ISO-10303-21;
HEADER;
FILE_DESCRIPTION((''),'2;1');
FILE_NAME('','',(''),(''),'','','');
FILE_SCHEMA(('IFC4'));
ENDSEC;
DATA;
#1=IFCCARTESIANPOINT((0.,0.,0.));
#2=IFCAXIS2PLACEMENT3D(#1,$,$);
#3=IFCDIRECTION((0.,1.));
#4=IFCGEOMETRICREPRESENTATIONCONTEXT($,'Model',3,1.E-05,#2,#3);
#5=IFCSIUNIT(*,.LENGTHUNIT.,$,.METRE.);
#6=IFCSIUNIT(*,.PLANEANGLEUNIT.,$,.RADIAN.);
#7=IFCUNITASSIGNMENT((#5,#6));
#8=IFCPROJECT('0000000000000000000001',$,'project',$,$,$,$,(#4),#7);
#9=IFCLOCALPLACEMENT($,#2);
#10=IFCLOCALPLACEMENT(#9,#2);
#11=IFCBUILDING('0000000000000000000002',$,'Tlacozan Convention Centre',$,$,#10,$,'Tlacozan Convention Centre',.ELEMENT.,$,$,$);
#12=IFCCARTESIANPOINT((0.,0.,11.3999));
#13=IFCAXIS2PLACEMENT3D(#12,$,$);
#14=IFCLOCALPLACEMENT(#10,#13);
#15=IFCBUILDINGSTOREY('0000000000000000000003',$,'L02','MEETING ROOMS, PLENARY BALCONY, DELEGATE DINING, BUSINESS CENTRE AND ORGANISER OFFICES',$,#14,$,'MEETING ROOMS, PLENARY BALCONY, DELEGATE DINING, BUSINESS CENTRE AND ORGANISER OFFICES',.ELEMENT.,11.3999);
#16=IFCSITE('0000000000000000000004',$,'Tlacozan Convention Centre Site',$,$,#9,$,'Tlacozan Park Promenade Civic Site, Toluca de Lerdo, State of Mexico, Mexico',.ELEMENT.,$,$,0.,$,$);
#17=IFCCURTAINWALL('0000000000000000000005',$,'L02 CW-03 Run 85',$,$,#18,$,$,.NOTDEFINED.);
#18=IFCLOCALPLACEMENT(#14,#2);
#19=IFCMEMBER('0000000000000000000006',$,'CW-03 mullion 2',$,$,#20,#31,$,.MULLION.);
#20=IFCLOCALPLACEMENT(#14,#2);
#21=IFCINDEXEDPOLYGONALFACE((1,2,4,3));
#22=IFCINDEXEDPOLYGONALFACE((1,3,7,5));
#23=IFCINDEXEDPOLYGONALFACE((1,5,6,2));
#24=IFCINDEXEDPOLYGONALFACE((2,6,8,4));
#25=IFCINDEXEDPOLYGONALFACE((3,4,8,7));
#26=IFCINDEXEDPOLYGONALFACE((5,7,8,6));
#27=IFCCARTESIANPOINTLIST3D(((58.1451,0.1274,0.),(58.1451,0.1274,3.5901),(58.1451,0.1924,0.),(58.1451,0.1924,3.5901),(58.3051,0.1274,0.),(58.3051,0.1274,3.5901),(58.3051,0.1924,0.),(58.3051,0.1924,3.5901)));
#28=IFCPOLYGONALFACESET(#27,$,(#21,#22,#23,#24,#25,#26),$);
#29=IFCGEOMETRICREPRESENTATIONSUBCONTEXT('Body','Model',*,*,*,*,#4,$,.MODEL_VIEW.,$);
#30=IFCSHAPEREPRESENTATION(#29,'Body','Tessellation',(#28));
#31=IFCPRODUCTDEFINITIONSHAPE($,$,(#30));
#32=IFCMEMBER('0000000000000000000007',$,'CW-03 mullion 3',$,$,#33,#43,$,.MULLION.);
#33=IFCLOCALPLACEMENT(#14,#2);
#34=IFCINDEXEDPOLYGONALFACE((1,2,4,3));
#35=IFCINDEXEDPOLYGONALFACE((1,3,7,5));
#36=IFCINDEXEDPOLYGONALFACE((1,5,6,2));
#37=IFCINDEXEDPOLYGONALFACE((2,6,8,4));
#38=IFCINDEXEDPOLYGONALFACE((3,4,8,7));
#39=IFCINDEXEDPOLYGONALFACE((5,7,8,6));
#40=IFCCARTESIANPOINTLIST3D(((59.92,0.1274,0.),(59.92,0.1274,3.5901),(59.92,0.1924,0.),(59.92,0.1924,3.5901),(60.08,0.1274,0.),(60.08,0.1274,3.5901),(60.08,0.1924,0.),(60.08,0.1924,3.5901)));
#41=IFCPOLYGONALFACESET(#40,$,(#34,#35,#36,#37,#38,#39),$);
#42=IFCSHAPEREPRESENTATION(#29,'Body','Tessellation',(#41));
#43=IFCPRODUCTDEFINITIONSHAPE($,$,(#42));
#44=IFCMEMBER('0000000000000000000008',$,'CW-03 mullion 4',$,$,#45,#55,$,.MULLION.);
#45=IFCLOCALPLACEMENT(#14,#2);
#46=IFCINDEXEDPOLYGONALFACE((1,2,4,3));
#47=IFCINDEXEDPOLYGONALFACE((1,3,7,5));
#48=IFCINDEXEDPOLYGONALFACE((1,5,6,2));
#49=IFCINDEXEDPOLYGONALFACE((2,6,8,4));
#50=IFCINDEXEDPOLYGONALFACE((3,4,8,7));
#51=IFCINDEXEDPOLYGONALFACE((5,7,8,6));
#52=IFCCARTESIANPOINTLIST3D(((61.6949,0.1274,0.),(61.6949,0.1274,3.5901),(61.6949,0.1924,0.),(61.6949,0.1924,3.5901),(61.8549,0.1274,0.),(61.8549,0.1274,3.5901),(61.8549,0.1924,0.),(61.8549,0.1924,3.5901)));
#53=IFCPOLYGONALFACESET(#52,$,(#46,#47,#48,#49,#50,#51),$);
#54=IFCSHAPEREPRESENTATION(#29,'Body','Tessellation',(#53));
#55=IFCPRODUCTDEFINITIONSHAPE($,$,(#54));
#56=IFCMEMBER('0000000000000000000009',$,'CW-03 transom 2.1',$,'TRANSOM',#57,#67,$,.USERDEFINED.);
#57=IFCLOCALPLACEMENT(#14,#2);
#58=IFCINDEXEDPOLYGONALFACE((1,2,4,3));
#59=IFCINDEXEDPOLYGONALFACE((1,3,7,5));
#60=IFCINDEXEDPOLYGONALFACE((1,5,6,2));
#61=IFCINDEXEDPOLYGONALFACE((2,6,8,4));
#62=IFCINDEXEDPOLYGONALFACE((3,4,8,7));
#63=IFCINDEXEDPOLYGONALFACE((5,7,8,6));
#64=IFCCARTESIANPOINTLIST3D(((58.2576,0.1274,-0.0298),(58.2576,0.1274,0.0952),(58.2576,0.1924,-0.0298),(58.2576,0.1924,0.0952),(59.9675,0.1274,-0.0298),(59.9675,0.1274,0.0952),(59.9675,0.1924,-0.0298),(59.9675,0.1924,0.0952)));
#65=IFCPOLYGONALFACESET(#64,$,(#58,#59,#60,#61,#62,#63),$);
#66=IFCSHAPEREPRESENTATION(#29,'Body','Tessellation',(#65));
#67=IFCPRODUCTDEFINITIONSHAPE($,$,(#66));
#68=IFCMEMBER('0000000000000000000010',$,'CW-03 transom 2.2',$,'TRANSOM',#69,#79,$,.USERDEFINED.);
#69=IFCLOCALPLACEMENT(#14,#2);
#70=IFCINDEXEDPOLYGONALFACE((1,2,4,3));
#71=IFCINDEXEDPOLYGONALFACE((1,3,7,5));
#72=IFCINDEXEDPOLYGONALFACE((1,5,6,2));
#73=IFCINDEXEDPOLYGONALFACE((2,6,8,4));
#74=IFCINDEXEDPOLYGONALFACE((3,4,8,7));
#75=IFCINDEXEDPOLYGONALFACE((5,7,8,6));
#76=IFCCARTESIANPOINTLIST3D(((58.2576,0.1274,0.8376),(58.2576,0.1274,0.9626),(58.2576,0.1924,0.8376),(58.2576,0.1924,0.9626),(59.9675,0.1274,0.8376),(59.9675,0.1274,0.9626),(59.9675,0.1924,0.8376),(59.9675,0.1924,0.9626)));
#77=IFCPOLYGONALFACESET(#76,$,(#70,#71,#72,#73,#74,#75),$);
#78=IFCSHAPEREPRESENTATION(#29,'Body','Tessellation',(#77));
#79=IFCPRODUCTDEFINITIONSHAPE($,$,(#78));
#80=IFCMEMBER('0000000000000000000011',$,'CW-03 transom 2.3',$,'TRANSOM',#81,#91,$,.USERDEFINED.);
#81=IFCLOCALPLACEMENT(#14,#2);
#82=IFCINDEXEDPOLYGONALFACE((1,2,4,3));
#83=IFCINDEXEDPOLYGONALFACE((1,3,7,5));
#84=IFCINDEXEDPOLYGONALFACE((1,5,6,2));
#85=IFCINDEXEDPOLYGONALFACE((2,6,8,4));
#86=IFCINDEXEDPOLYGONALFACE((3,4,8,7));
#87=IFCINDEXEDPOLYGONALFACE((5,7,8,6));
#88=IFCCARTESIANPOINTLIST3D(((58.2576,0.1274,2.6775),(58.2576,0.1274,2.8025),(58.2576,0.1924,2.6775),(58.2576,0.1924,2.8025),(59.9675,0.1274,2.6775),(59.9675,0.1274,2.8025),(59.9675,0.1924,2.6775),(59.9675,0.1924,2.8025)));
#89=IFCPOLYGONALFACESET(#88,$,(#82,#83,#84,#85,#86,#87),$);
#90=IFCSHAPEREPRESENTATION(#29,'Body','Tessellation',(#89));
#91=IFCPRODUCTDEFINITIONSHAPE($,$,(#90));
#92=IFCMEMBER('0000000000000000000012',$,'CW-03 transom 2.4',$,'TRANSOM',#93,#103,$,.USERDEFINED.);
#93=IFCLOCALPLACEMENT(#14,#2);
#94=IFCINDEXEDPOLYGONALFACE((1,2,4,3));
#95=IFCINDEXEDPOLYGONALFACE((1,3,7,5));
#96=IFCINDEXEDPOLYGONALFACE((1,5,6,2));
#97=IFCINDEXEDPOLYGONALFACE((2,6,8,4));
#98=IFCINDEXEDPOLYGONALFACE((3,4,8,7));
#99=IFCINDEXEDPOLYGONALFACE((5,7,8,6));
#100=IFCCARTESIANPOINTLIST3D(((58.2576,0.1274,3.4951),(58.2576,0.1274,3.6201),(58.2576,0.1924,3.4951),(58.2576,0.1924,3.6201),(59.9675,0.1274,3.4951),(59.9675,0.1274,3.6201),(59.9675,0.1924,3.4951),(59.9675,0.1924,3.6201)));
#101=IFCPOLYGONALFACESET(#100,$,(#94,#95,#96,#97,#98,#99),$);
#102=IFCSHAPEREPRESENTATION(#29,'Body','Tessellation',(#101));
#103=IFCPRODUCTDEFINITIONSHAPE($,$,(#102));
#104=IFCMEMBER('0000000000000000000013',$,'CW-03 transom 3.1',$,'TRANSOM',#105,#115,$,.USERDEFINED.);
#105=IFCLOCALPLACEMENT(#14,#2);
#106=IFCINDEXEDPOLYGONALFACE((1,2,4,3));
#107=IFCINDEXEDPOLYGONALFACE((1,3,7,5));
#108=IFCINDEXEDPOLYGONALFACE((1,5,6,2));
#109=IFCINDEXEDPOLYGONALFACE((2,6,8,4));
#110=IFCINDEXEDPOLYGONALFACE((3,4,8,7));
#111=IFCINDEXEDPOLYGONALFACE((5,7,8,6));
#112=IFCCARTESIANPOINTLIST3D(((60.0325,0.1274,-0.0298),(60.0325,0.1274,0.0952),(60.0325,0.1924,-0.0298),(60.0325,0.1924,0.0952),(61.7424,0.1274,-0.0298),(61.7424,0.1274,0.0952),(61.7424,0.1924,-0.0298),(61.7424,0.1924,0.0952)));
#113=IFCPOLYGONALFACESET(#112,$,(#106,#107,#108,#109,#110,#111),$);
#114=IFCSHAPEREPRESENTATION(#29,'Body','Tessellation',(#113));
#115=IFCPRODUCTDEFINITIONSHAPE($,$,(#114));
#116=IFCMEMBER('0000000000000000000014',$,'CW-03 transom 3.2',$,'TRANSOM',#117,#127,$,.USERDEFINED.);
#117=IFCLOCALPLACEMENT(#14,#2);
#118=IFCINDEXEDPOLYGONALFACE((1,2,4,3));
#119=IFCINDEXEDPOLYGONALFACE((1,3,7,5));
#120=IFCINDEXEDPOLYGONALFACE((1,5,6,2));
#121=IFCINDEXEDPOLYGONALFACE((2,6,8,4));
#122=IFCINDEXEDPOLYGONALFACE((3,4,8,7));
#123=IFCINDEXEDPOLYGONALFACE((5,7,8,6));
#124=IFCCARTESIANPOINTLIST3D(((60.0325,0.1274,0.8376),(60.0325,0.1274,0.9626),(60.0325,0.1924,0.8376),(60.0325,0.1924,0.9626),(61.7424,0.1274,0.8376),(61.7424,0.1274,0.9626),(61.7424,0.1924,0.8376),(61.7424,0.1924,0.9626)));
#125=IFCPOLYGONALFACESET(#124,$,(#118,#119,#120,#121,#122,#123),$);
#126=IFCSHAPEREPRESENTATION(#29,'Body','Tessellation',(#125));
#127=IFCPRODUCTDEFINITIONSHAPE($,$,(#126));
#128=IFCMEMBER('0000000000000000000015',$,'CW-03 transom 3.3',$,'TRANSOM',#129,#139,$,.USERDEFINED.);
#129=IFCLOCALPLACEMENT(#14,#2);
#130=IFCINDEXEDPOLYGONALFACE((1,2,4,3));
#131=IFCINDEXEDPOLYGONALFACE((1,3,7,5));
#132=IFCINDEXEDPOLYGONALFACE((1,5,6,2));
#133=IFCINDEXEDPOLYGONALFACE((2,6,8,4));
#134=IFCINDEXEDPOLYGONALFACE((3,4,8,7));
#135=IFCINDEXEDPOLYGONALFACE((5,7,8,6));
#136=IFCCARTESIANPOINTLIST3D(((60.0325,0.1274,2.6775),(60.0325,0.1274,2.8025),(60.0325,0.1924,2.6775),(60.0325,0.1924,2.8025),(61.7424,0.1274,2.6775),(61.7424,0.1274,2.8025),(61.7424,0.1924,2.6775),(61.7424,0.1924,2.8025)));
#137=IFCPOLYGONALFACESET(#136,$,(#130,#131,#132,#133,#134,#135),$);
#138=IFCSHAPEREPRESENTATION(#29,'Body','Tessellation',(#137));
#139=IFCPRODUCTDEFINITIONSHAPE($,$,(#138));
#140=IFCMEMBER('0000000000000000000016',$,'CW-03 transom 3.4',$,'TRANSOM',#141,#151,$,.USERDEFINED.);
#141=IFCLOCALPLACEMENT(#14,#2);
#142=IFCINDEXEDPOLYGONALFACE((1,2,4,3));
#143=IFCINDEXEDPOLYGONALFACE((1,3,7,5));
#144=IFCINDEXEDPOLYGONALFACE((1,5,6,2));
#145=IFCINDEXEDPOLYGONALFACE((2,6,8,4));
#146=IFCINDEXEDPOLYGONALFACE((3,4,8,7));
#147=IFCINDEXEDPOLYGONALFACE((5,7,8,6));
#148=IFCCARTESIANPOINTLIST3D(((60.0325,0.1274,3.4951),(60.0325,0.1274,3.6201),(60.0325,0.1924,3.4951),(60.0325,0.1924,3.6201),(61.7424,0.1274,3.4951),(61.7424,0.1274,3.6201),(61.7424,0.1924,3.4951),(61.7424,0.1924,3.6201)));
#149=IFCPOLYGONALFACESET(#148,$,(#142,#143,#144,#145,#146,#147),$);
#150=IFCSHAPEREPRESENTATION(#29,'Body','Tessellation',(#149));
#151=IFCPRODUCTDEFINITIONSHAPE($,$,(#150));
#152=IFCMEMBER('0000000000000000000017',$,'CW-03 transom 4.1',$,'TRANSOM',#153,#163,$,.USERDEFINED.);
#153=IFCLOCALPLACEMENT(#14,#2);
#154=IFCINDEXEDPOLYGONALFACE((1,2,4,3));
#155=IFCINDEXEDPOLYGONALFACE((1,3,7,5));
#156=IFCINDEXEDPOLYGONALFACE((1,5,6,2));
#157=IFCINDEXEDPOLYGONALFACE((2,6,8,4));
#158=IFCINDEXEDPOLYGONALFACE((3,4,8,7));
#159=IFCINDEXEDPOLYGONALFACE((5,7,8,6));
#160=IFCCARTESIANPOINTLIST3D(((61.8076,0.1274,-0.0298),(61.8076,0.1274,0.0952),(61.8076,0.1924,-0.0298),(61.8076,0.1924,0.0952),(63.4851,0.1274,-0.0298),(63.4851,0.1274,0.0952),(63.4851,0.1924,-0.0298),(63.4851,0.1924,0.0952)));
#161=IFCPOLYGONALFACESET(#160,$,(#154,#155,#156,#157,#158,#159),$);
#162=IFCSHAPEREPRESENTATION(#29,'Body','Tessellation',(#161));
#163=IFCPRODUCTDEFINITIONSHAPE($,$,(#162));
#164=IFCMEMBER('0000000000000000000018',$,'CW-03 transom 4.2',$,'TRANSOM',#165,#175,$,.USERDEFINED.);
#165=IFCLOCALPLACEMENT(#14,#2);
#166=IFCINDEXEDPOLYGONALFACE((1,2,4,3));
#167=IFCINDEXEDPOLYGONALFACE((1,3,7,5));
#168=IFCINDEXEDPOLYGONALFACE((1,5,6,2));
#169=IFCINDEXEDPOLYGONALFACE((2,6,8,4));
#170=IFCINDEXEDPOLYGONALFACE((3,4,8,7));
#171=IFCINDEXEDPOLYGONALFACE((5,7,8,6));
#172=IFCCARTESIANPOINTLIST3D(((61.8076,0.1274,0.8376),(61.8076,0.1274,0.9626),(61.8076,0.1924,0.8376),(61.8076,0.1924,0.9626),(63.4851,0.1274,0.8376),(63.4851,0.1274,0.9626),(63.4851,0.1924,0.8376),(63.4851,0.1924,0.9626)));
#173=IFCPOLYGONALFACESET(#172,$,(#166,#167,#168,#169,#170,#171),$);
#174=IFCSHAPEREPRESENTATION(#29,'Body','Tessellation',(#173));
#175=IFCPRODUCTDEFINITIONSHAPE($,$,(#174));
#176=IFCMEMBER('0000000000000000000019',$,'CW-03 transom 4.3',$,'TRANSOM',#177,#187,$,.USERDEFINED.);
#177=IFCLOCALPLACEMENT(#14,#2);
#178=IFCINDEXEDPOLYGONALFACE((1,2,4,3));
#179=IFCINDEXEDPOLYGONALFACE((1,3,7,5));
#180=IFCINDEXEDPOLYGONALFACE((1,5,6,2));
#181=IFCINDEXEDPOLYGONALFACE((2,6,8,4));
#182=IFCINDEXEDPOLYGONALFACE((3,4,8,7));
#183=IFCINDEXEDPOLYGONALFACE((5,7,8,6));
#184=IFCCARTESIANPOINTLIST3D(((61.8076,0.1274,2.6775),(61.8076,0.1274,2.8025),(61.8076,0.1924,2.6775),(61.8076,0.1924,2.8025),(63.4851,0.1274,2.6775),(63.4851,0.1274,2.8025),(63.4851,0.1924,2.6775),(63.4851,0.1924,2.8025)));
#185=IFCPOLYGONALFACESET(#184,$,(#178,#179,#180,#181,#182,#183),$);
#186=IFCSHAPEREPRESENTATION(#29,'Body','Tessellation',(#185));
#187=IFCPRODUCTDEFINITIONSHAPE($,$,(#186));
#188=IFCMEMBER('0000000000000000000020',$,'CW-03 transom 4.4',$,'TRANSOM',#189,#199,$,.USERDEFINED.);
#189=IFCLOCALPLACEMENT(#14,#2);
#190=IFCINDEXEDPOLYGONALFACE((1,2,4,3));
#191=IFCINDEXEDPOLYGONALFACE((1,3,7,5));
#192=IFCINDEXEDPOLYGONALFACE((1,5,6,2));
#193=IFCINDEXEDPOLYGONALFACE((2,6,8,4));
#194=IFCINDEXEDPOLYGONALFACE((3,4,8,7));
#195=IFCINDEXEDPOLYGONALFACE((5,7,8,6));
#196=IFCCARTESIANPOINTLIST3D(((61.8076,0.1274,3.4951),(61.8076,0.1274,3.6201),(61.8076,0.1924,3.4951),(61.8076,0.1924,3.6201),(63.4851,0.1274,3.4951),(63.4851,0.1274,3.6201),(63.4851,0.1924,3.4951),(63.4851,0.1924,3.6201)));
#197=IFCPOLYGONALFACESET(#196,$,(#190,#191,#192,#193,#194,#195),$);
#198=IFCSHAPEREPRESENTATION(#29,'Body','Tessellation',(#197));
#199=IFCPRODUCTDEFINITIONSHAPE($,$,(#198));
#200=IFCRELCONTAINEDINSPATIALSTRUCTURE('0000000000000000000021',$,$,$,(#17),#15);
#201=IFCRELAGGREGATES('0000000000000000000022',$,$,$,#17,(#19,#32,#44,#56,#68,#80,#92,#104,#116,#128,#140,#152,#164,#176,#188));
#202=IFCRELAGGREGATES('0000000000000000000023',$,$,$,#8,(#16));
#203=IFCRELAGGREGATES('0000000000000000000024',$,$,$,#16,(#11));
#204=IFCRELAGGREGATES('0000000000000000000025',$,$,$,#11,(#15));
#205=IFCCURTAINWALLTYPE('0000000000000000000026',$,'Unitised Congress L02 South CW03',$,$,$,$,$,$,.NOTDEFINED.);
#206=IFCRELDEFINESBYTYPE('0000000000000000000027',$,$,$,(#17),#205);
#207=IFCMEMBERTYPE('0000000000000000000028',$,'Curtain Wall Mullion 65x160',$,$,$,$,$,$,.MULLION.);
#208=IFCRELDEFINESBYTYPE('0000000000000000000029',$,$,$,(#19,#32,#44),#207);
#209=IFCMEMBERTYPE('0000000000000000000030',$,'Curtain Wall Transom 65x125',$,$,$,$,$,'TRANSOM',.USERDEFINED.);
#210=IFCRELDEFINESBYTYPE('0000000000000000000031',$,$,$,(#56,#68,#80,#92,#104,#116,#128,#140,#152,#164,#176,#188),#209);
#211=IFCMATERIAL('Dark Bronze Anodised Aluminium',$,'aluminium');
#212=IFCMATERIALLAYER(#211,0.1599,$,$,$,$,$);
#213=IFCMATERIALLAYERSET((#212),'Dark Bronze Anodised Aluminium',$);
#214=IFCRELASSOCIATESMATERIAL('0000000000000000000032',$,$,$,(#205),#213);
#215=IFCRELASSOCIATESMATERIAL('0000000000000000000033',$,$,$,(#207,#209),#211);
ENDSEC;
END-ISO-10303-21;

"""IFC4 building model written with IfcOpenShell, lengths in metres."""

from ifc_helpers import new_model, si_unit, direction, frame, origin, origin_2d, place, context, subcontext, project, spatial, rectangle, extrude, material, layer, layer_set, material_profile, profile_set, type_object, element, aggregate, save


model = new_model("IFC4")

# Units and contexts
model_context = context("Model", 3, precision=1e-05, world=origin(), true_north=direction((0.0, 1.0)))
body_context = subcontext(model_context, "Body", "Model", "MODEL_VIEW")
ifc_project = project(units=[si_unit("LENGTHUNIT", "METRE"), si_unit("PLANEANGLEUNIT", "RADIAN")], contexts=[model_context])

# Site, building, storey
site_placement = place(None, origin())
site = spatial("IfcSite", under=ifc_project, at=site_placement, Name="Tlacozan Convention Centre Site", LongName="Tlacozan Park Promenade Civic Site, Toluca de Lerdo, State of Mexico, Mexico", CompositionType="ELEMENT", RefElevation=0.0)
building_placement = place(site_placement, origin())
building = spatial("IfcBuilding", under=site, at=building_placement, Name="Tlacozan Convention Centre", LongName="Tlacozan Convention Centre", CompositionType="ELEMENT")
storey_placement = place(building_placement, frame((0.0, 0.0, 11.3999)))
storey = spatial("IfcBuildingStorey", under=building, at=storey_placement, Name="L02", Description="MEETING ROOMS, PLENARY BALCONY, DELEGATE DINING, BUSINESS CENTRE AND ORGANISER OFFICES", LongName="MEETING ROOMS, PLENARY BALCONY, DELEGATE DINING, BUSINESS CENTRE AND ORGANISER OFFICES", CompositionType="ELEMENT", Elevation=11.3999)

# Curtain wall, members
ifc_material_1 = material(Name="Dark Bronze Anodised Aluminium", Category="aluminium")
ifc_layer_1 = layer(ifc_material_1, 0.1599)
ifc_layer_set_1 = layer_set([ifc_layer_1], Name="Dark Bronze Anodised Aluminium")
curtain_wall_type = type_object("IfcCurtainWallType", Name="Unitised Congress L02 South CW03", PredefinedType="NOTDEFINED", material=ifc_layer_set_1)
curtain_wall_placement = place(storey_placement, origin())
curtain_wall = element("IfcCurtainWall", 1, at=curtain_wall_placement, inside=storey, type_object=curtain_wall_type, Name="L02 CW-03 Run 85", PredefinedType="NOTDEFINED")
ifc_material_profile_1 = material_profile(ifc_material_1, rectangle(XDim=0.0649, YDim=0.1599, at=origin_2d()), Name="ALU 65x160")
ifc_profile_set_1 = profile_set([ifc_material_profile_1], Name="Dark Bronze Anodised Aluminium")
member_type_1 = type_object("IfcMemberType", Name="Curtain Wall Mullion 65x160", PredefinedType="MULLION", material=ifc_profile_set_1)
member_1_placement = place(storey_placement, frame((58.2251, 0.1599, 0.0), z_axis=(0.0, 0.0, 1.0), x_axis=(0.0, 1.0, 0.0)))
member_1 = element("IfcMember", 2, at=member_1_placement, type_object=member_type_1, Name="CW-03 mullion 2", PredefinedType="MULLION", context=body_context, shape_type="SweptSolid", body=[
    extrude(rectangle(XDim=0.0649, YDim=0.1599, at=origin_2d()), origin(), (0.0, 0.0, 1.0), 3.5901),
])
member_2_placement = place(storey_placement, frame((60.0, 0.1599, 0.0), z_axis=(0.0, 0.0, 1.0), x_axis=(0.0, 1.0, 0.0)))
member_2 = element("IfcMember", 3, at=member_2_placement, type_object=member_type_1, Name="CW-03 mullion 3", PredefinedType="MULLION", context=body_context, shape_type="SweptSolid", body=[
    extrude(rectangle(XDim=0.0649, YDim=0.1599, at=origin_2d()), origin(), (0.0, 0.0, 1.0), 3.5901),
])
member_3_placement = place(storey_placement, frame((61.7749, 0.1599, 0.0), z_axis=(0.0, 0.0, 1.0), x_axis=(0.0, 1.0, 0.0)))
member_3 = element("IfcMember", 4, at=member_3_placement, type_object=member_type_1, Name="CW-03 mullion 4", PredefinedType="MULLION", context=body_context, shape_type="SweptSolid", body=[
    extrude(rectangle(XDim=0.0649, YDim=0.1599, at=origin_2d()), origin(), (0.0, 0.0, 1.0), 3.5901),
])
ifc_material_profile_2 = material_profile(ifc_material_1, rectangle(XDim=0.0649, YDim=0.125, at=origin_2d()), Name="ALU 65x125")
ifc_profile_set_2 = profile_set([ifc_material_profile_2], Name="Dark Bronze Anodised Aluminium")
member_type_2 = type_object("IfcMemberType", Name="Curtain Wall Transom 65x125", ElementType="TRANSOM", PredefinedType="USERDEFINED", material=ifc_profile_set_2)
member_4_placement = place(storey_placement, frame((58.2576, 0.1599, 0.0327), z_axis=(1.0, 0.0, 0.0), x_axis=(0.0, 1.0, 0.0)))
member_4 = element("IfcMember", 5, at=member_4_placement, type_object=member_type_2, Name="CW-03 transom 2.1", ObjectType="TRANSOM", PredefinedType="USERDEFINED", context=body_context, shape_type="SweptSolid", body=[
    extrude(rectangle(XDim=0.0649, YDim=0.125, at=origin_2d()), origin(), (0.0, 0.0, 1.0), 1.71),
])
member_5_placement = place(storey_placement, frame((58.2576, 0.1599, 0.9001), z_axis=(1.0, 0.0, 0.0), x_axis=(0.0, 1.0, 0.0)))
member_5 = element("IfcMember", 6, at=member_5_placement, type_object=member_type_2, Name="CW-03 transom 2.2", ObjectType="TRANSOM", PredefinedType="USERDEFINED", context=body_context, shape_type="SweptSolid", body=[
    extrude(rectangle(XDim=0.0649, YDim=0.125, at=origin_2d()), origin(), (0.0, 0.0, 1.0), 1.71),
])
member_6_placement = place(storey_placement, frame((58.2576, 0.1599, 2.74), z_axis=(1.0, 0.0, 0.0), x_axis=(0.0, 1.0, 0.0)))
member_6 = element("IfcMember", 7, at=member_6_placement, type_object=member_type_2, Name="CW-03 transom 2.3", ObjectType="TRANSOM", PredefinedType="USERDEFINED", context=body_context, shape_type="SweptSolid", body=[
    extrude(rectangle(XDim=0.0649, YDim=0.125, at=origin_2d()), origin(), (0.0, 0.0, 1.0), 1.71),
])
member_7_placement = place(storey_placement, frame((58.2576, 0.1599, 3.5576), z_axis=(1.0, 0.0, 0.0), x_axis=(0.0, 1.0, 0.0)))
member_7 = element("IfcMember", 8, at=member_7_placement, type_object=member_type_2, Name="CW-03 transom 2.4", ObjectType="TRANSOM", PredefinedType="USERDEFINED", context=body_context, shape_type="SweptSolid", body=[
    extrude(rectangle(XDim=0.0649, YDim=0.125, at=origin_2d()), origin(), (0.0, 0.0, 1.0), 1.71),
])
member_8_placement = place(storey_placement, frame((60.0325, 0.1599, 0.0327), z_axis=(1.0, 0.0, 0.0), x_axis=(0.0, 1.0, 0.0)))
member_8 = element("IfcMember", 9, at=member_8_placement, type_object=member_type_2, Name="CW-03 transom 3.1", ObjectType="TRANSOM", PredefinedType="USERDEFINED", context=body_context, shape_type="SweptSolid", body=[
    extrude(rectangle(XDim=0.0649, YDim=0.125, at=origin_2d()), origin(), (0.0, 0.0, 1.0), 1.71),
])
member_9_placement = place(storey_placement, frame((60.0325, 0.1599, 0.9001), z_axis=(1.0, 0.0, 0.0), x_axis=(0.0, 1.0, 0.0)))
member_9 = element("IfcMember", 10, at=member_9_placement, type_object=member_type_2, Name="CW-03 transom 3.2", ObjectType="TRANSOM", PredefinedType="USERDEFINED", context=body_context, shape_type="SweptSolid", body=[
    extrude(rectangle(XDim=0.0649, YDim=0.125, at=origin_2d()), origin(), (0.0, 0.0, 1.0), 1.71),
])
member_10_placement = place(storey_placement, frame((60.0325, 0.1599, 2.74), z_axis=(1.0, 0.0, 0.0), x_axis=(0.0, 1.0, 0.0)))
member_10 = element("IfcMember", 11, at=member_10_placement, type_object=member_type_2, Name="CW-03 transom 3.3", ObjectType="TRANSOM", PredefinedType="USERDEFINED", context=body_context, shape_type="SweptSolid", body=[
    extrude(rectangle(XDim=0.0649, YDim=0.125, at=origin_2d()), origin(), (0.0, 0.0, 1.0), 1.71),
])
member_11_placement = place(storey_placement, frame((60.0325, 0.1599, 3.5576), z_axis=(1.0, 0.0, 0.0), x_axis=(0.0, 1.0, 0.0)))
member_11 = element("IfcMember", 12, at=member_11_placement, type_object=member_type_2, Name="CW-03 transom 3.4", ObjectType="TRANSOM", PredefinedType="USERDEFINED", context=body_context, shape_type="SweptSolid", body=[
    extrude(rectangle(XDim=0.0649, YDim=0.125, at=origin_2d()), origin(), (0.0, 0.0, 1.0), 1.71),
])
member_12_placement = place(storey_placement, frame((61.8076, 0.1599, 0.0327), z_axis=(1.0, 0.0, 0.0), x_axis=(0.0, 1.0, 0.0)))
member_12 = element("IfcMember", 13, at=member_12_placement, type_object=member_type_2, Name="CW-03 transom 4.1", ObjectType="TRANSOM", PredefinedType="USERDEFINED", context=body_context, shape_type="SweptSolid", body=[
    extrude(rectangle(XDim=0.0649, YDim=0.125, at=origin_2d()), origin(), (0.0, 0.0, 1.0), 1.6775),
])
member_13_placement = place(storey_placement, frame((61.8076, 0.1599, 0.9001), z_axis=(1.0, 0.0, 0.0), x_axis=(0.0, 1.0, 0.0)))
member_13 = element("IfcMember", 14, at=member_13_placement, type_object=member_type_2, Name="CW-03 transom 4.2", ObjectType="TRANSOM", PredefinedType="USERDEFINED", context=body_context, shape_type="SweptSolid", body=[
    extrude(rectangle(XDim=0.0649, YDim=0.125, at=origin_2d()), origin(), (0.0, 0.0, 1.0), 1.6775),
])
member_14_placement = place(storey_placement, frame((61.8076, 0.1599, 2.74), z_axis=(1.0, 0.0, 0.0), x_axis=(0.0, 1.0, 0.0)))
member_14 = element("IfcMember", 15, at=member_14_placement, type_object=member_type_2, Name="CW-03 transom 4.3", ObjectType="TRANSOM", PredefinedType="USERDEFINED", context=body_context, shape_type="SweptSolid", body=[
    extrude(rectangle(XDim=0.0649, YDim=0.125, at=origin_2d()), origin(), (0.0, 0.0, 1.0), 1.6775),
])
member_15_placement = place(storey_placement, frame((61.8076, 0.1599, 3.5576), z_axis=(1.0, 0.0, 0.0), x_axis=(0.0, 1.0, 0.0)))
member_15 = element("IfcMember", 16, at=member_15_placement, type_object=member_type_2, Name="CW-03 transom 4.4", ObjectType="TRANSOM", PredefinedType="USERDEFINED", context=body_context, shape_type="SweptSolid", body=[
    extrude(rectangle(XDim=0.0649, YDim=0.125, at=origin_2d()), origin(), (0.0, 0.0, 1.0), 1.6775),
])
aggregate(curtain_wall, [member_1, member_2, member_3, member_4, member_5, member_6, member_7, member_8, member_9, member_10, member_11, member_12, member_13, member_14, member_15])

save(model, "model.ifc")
